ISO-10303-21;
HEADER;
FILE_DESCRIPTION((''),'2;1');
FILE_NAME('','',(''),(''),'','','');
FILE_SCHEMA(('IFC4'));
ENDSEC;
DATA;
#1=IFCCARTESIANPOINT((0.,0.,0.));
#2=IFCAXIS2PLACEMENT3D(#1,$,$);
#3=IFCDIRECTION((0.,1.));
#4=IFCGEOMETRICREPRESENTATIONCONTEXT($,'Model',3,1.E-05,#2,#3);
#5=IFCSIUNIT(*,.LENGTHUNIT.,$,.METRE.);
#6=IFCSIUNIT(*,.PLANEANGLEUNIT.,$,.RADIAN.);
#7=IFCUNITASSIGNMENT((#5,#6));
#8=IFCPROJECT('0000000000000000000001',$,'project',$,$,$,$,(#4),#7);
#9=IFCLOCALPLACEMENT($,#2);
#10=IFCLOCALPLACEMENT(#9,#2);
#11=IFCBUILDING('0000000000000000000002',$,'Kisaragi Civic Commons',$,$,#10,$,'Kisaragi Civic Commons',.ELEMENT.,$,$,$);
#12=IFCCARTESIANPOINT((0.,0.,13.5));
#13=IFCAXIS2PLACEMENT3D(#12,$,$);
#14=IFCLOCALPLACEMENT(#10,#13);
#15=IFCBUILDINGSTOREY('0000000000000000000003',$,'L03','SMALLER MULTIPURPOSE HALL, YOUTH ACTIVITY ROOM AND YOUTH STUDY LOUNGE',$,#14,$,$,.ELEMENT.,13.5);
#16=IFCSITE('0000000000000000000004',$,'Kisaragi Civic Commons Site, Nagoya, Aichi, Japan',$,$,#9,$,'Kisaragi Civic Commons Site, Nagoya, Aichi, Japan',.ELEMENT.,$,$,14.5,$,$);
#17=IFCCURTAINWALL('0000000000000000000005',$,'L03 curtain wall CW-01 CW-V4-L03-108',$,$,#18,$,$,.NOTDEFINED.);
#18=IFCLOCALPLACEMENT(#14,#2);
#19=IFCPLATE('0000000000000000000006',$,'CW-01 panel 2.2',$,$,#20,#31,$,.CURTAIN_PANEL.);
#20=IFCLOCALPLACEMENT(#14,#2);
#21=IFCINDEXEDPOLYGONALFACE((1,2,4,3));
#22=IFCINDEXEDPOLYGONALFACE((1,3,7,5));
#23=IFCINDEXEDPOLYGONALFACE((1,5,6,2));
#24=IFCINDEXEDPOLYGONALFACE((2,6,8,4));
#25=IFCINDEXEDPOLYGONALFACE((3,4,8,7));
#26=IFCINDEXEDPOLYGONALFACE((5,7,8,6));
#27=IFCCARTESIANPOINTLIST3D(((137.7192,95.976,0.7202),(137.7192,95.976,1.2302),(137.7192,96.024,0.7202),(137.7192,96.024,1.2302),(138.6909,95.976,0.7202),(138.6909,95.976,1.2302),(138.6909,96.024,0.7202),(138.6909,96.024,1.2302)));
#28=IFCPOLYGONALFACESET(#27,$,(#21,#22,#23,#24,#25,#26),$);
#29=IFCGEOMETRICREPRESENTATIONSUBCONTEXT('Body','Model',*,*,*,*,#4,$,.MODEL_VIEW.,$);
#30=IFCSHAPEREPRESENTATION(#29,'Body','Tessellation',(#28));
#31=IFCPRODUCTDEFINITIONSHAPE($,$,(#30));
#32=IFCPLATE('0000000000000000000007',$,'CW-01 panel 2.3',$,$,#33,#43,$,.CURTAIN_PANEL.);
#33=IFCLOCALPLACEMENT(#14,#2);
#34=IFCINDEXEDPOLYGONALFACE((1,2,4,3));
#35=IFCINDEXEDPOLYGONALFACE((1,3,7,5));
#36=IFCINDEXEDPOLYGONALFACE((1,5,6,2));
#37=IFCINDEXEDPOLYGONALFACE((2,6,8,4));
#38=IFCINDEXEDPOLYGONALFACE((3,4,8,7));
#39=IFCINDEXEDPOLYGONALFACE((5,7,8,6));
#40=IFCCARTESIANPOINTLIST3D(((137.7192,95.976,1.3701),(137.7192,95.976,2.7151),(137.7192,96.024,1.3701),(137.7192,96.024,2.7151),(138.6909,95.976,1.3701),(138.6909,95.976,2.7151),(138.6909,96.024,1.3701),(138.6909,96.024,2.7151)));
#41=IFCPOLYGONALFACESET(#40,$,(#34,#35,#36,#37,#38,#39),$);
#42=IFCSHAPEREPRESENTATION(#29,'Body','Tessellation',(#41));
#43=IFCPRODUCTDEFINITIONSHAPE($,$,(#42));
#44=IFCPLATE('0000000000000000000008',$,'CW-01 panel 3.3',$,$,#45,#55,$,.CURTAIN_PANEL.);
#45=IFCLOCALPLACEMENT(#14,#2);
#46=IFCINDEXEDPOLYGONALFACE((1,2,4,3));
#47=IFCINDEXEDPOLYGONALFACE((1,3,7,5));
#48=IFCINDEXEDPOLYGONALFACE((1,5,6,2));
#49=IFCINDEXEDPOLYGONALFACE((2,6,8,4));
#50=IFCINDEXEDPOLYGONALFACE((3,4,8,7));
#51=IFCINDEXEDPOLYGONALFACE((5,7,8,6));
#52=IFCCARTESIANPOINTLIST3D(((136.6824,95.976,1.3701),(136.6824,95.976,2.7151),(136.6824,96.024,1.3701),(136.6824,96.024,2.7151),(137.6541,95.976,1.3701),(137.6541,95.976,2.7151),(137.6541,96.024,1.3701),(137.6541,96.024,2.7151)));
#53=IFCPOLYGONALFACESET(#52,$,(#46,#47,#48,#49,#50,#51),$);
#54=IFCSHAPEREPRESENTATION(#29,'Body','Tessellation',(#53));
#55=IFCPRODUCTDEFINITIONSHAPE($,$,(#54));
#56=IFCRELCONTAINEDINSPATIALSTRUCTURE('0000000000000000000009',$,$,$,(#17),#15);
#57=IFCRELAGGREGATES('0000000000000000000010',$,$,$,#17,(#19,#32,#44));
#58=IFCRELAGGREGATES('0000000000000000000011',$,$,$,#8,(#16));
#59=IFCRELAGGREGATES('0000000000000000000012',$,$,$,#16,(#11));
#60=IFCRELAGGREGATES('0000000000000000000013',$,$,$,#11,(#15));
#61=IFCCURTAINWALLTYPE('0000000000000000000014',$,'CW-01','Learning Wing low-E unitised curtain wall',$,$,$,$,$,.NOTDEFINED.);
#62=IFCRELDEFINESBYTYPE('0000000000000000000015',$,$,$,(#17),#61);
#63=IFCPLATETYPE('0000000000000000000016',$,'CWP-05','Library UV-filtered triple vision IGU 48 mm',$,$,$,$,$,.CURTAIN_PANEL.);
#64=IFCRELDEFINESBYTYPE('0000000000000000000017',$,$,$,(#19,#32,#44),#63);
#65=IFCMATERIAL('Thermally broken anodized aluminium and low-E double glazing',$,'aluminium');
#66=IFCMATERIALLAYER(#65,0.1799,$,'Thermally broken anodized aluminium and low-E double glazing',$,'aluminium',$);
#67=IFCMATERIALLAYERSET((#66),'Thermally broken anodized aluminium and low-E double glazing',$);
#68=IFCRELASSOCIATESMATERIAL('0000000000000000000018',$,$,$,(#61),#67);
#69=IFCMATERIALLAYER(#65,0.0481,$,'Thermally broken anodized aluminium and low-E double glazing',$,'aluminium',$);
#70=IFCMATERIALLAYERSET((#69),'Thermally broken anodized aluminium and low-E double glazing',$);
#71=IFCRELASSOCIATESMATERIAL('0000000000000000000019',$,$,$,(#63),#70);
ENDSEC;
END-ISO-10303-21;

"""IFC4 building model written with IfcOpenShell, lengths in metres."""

from ifc_helpers import new_model, si_unit, direction, frame, origin, origin_2d, place, context, subcontext, project, spatial, rectangle, extrude, material, layer, layer_set, type_object, element, aggregate, save


model = new_model("IFC4")

# Units and contexts
model_context = context("Model", 3, precision=1e-05, world=origin(), true_north=direction((0.0, 1.0)))
body_context = subcontext(model_context, "Body", "Model", "MODEL_VIEW")
ifc_project = project(units=[si_unit("LENGTHUNIT", "METRE"), si_unit("PLANEANGLEUNIT", "RADIAN")], contexts=[model_context])

# Site, building, storey
site_placement = place(None, origin())
site = spatial("IfcSite", under=ifc_project, at=site_placement, Name="Kisaragi Civic Commons Site, Nagoya, Aichi, Japan", LongName="Kisaragi Civic Commons Site, Nagoya, Aichi, Japan", CompositionType="ELEMENT", RefElevation=14.5)
building_placement = place(site_placement, origin())
building = spatial("IfcBuilding", under=site, at=building_placement, Name="Kisaragi Civic Commons", LongName="Kisaragi Civic Commons", CompositionType="ELEMENT")
storey_placement = place(building_placement, frame((0.0, 0.0, 13.5)))
storey = spatial("IfcBuildingStorey", under=building, at=storey_placement, Name="L03", Description="SMALLER MULTIPURPOSE HALL, YOUTH ACTIVITY ROOM AND YOUTH STUDY LOUNGE", CompositionType="ELEMENT", Elevation=13.5)

# Shared definitions
ifc_material = material(Name="Thermally broken anodized aluminium and low-E double glazing", Category="aluminium")
ifc_layer_1 = layer(ifc_material, 0.1799, Name="Thermally broken anodized aluminium and low-E double glazing", Category="aluminium")
ifc_layer_set_1 = layer_set([ifc_layer_1], Name="Thermally broken anodized aluminium and low-E double glazing")
curtain_wall_type = type_object("IfcCurtainWallType", Name="CW-01", Description="Learning Wing low-E unitised curtain wall", PredefinedType="NOTDEFINED", material=ifc_layer_set_1)

# Curtain wall, plates
curtain_wall_1_placement = place(storey_placement, origin())
curtain_wall_1 = element("IfcCurtainWall", 1, at=curtain_wall_1_placement, inside=storey, type_object=curtain_wall_type, Name="L03 curtain wall CW-01 CW-V4-L03-108", PredefinedType="NOTDEFINED")
ifc_layer_2 = layer(ifc_material, 0.0481, Name="Thermally broken anodized aluminium and low-E double glazing", Category="aluminium")
ifc_layer_set_2 = layer_set([ifc_layer_2], Name="Thermally broken anodized aluminium and low-E double glazing")
plate_type = type_object("IfcPlateType", Name="CWP-05", Description="Library UV-filtered triple vision IGU 48 mm", PredefinedType="CURTAIN_PANEL", material=ifc_layer_set_2)
plate_1_placement = place(storey_placement, frame((138.2051, 96.0, 0.7202), z_axis=(0.0, 0.0, 1.0), x_axis=(-1.0, 0.0, 0.0)))
plate_1 = element("IfcPlate", 2, at=plate_1_placement, type_object=plate_type, Name="CW-01 panel 2.2", PredefinedType="CURTAIN_PANEL", context=body_context, shape_type="SweptSolid", body=[
    extrude(rectangle(XDim=0.9717, YDim=0.0481, at=origin_2d()), origin(), (0.0, 0.0, 1.0), 0.51),
])
plate_2_placement = place(storey_placement, frame((138.2051, 96.0, 1.3701), z_axis=(0.0, 0.0, 1.0), x_axis=(-1.0, 0.0, 0.0)))
plate_2 = element("IfcPlate", 3, at=plate_2_placement, type_object=plate_type, Name="CW-01 panel 2.3", PredefinedType="CURTAIN_PANEL", context=body_context, shape_type="SweptSolid", body=[
    extrude(rectangle(XDim=0.9717, YDim=0.0481, at=origin_2d()), origin(), (0.0, 0.0, 1.0), 1.345),
])
plate_3_placement = place(storey_placement, frame((137.1682, 96.0, 1.3701), z_axis=(0.0, 0.0, 1.0), x_axis=(-1.0, 0.0, 0.0)))
plate_3 = element("IfcPlate", 4, at=plate_3_placement, type_object=plate_type, Name="CW-01 panel 3.3", PredefinedType="CURTAIN_PANEL", context=body_context, shape_type="SweptSolid", body=[
    extrude(rectangle(XDim=0.9717, YDim=0.0481, at=origin_2d()), origin(), (0.0, 0.0, 1.0), 1.345),
])
aggregate(curtain_wall_1, [plate_1, plate_2, plate_3])

save(model, "model.ifc")
